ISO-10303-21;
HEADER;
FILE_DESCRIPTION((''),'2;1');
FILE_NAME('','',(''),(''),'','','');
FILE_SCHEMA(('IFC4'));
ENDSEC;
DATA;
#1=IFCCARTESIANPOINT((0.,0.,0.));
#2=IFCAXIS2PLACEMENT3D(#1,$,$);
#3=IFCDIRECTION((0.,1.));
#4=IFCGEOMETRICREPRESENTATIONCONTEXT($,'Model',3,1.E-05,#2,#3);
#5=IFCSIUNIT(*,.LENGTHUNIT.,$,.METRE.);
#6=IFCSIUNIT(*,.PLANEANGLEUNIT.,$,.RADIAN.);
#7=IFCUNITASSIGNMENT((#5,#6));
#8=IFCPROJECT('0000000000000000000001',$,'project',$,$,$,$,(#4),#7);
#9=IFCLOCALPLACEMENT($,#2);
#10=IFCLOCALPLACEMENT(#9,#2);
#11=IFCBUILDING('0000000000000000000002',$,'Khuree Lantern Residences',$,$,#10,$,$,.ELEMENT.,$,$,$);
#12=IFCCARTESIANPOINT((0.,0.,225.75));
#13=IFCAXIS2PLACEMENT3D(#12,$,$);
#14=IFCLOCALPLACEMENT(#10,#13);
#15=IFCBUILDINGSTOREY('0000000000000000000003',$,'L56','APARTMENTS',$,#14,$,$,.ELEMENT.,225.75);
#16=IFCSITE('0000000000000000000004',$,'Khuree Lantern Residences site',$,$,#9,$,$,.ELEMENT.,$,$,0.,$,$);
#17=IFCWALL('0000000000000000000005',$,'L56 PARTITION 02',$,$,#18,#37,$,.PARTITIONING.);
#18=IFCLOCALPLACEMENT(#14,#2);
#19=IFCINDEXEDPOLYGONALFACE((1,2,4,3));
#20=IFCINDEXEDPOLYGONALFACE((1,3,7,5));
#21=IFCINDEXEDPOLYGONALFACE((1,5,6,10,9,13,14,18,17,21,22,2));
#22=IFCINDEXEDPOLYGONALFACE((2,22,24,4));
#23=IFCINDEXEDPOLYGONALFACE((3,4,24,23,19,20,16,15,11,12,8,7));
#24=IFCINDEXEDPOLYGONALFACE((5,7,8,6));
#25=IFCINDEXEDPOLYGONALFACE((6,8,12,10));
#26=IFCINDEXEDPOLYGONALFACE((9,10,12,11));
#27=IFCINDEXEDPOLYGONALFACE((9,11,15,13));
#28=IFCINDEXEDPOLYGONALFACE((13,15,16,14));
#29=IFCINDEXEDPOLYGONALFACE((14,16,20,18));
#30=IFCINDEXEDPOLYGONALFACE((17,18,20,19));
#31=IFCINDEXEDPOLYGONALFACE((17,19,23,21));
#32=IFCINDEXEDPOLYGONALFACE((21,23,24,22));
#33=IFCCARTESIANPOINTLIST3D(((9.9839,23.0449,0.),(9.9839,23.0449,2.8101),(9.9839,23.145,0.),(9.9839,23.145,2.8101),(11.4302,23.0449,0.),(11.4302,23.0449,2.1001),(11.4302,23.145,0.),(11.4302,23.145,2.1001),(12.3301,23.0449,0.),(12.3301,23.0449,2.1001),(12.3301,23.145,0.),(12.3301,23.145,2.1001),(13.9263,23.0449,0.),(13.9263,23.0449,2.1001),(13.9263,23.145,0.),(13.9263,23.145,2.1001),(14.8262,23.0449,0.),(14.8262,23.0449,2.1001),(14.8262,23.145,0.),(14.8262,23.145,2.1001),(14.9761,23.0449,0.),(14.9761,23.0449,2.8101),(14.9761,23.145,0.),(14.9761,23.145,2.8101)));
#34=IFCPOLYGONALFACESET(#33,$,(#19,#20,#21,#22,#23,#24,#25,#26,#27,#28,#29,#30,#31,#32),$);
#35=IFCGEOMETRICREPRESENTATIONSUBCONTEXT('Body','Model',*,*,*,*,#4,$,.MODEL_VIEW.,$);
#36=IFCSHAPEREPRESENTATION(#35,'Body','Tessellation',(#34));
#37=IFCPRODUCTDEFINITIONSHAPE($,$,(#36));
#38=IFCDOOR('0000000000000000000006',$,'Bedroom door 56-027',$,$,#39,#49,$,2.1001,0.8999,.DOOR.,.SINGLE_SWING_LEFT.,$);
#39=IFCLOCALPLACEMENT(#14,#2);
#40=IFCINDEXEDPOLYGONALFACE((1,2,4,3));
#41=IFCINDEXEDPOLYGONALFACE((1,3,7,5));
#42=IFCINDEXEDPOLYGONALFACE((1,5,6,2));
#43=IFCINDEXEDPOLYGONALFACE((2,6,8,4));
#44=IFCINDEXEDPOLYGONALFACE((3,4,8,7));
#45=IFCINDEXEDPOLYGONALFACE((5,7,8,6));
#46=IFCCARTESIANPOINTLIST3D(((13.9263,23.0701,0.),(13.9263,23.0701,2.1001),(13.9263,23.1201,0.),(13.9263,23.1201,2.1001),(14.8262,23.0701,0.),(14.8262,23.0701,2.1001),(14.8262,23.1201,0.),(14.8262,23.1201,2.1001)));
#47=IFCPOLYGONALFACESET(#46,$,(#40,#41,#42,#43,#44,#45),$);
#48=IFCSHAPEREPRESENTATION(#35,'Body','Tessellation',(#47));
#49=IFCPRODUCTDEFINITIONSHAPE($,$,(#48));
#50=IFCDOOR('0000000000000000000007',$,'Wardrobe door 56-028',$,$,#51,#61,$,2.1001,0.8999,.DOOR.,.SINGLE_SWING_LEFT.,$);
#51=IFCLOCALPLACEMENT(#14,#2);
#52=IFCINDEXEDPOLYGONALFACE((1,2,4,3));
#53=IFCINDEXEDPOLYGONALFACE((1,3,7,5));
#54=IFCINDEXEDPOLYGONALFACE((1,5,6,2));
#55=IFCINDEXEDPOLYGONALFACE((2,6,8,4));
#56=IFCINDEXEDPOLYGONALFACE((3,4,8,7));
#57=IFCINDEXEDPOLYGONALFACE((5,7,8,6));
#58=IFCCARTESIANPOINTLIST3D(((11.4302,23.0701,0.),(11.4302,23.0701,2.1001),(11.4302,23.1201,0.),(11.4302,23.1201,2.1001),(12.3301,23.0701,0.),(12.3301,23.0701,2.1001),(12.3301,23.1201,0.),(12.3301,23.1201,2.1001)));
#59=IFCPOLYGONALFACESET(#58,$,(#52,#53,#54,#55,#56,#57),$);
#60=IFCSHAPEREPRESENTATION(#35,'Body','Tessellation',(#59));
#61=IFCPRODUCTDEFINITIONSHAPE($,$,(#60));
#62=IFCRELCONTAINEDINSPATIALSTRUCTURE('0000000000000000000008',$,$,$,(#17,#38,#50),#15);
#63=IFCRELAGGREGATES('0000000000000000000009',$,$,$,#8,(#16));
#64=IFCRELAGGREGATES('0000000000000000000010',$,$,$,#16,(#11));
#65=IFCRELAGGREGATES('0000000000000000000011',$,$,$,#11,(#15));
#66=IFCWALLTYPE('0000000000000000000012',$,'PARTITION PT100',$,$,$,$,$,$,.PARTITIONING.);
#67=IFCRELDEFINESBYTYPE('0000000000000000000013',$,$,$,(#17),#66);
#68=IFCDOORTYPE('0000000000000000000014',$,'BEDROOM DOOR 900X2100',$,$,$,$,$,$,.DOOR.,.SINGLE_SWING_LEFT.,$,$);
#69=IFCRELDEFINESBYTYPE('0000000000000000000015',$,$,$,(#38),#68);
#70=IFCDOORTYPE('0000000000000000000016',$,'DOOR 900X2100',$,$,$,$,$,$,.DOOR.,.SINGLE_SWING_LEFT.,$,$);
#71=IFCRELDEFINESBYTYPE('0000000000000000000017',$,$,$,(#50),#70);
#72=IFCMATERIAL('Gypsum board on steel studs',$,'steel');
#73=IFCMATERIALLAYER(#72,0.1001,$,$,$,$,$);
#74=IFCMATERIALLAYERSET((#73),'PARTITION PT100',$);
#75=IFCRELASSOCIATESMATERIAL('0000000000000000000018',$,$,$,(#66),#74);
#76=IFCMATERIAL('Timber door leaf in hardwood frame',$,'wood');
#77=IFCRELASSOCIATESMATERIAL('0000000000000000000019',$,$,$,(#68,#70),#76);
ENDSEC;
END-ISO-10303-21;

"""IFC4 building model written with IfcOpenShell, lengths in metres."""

from ifc_helpers import new_model, si_unit, direction, frame, frame_2d, origin, place, context, subcontext, project, spatial, rectangle, extrude, material, layer, layer_set, type_object, element, fill, save


model = new_model("IFC4")

# Units and contexts
model_context = context("Model", 3, precision=1e-05, world=origin(), true_north=direction((0.0, 1.0)))
body_context = subcontext(model_context, "Body", "Model", "MODEL_VIEW")
ifc_project = project(units=[si_unit("LENGTHUNIT", "METRE"), si_unit("PLANEANGLEUNIT", "RADIAN")], contexts=[model_context])

# Site, building, storey
site_placement = place(None, origin())
site = spatial("IfcSite", under=ifc_project, at=site_placement, Name="Khuree Lantern Residences site", CompositionType="ELEMENT", RefElevation=0.0)
building_placement = place(site_placement, origin())
building = spatial("IfcBuilding", under=site, at=building_placement, Name="Khuree Lantern Residences", CompositionType="ELEMENT")
storey_placement = place(building_placement, frame((0.0, 0.0, 225.75)))
storey = spatial("IfcBuildingStorey", under=building, at=storey_placement, Name="L56", Description="APARTMENTS", CompositionType="ELEMENT", Elevation=225.75)

# Wall, openings, doors
ifc_material_1 = material(Name="Gypsum board on steel studs", Category="steel")
ifc_layer_1 = layer(ifc_material_1, 0.1001)
ifc_layer_set_1 = layer_set([ifc_layer_1], Name="PARTITION PT100")
wall_type = type_object("IfcWallType", Name="PARTITION PT100", PredefinedType="PARTITIONING", material=ifc_layer_set_1)
wall_placement = place(storey_placement, frame((14.9761, 23.095, 0.0), z_axis=(0.0, 0.0, 1.0), x_axis=(-1.0, 0.0, 0.0)))
wall = element("IfcWall", 1, at=wall_placement, inside=storey, type_object=wall_type, Name="L56 PARTITION 02", PredefinedType="PARTITIONING", context=body_context, shape_type="SweptSolid", body=[
    extrude(rectangle(XDim=4.9922, YDim=0.1001, at=frame_2d((2.4961, 0.0))), origin(), (0.0, 0.0, 1.0), 2.8101),
])
opening_1_placement = place(wall_placement, frame((0.1499, 0.0, 0.0)))
opening_1 = element("IfcOpeningElement", 2, at=opening_1_placement, cuts=wall, PredefinedType="OPENING", context=body_context, shape_type="SweptSolid", body=[
    extrude(rectangle(XDim=0.8999, YDim=2.1001, at=frame_2d((0.45, 1.05))), frame((0.0, 0.0601, 0.0), z_axis=(0.0, -1.0, 0.0), x_axis=(1.0, 0.0, 0.0)), (0.0, 0.0, 1.0), 0.1201),
])
opening_2_placement = place(wall_placement, frame((2.646, 0.0, 0.0)))
opening_2 = element("IfcOpeningElement", 3, at=opening_2_placement, cuts=wall, PredefinedType="OPENING", context=body_context, shape_type="SweptSolid", body=[
    extrude(rectangle(XDim=0.8999, YDim=2.1001, at=frame_2d((0.45, 1.05))), frame((0.0, 0.0601, 0.0), z_axis=(0.0, -1.0, 0.0), x_axis=(1.0, 0.0, 0.0)), (0.0, 0.0, 1.0), 0.1201),
])
ifc_material_2 = material(Name="Timber door leaf in hardwood frame", Category="wood")
door_type_1 = type_object("IfcDoorType", Name="BEDROOM DOOR 900X2100", OperationType="SINGLE_SWING_LEFT", PredefinedType="DOOR", material=ifc_material_2)
door_1_placement = place(opening_1_placement, origin())
door_1 = element("IfcDoor", 4, at=door_1_placement, inside=storey, type_object=door_type_1, Name="Bedroom door 56-027", OperationType="SINGLE_SWING_LEFT", OverallHeight=2.1001, OverallWidth=0.8999, PredefinedType="DOOR", context=body_context, shape_type="SweptSolid", body=[
    extrude(rectangle(XDim=0.8999, YDim=2.1001, at=frame_2d((0.45, 1.05))), frame((0.0, 0.0249, 0.0), z_axis=(0.0, -1.0, 0.0), x_axis=(1.0, 0.0, 0.0)), (0.0, 0.0, 1.0), 0.05),
])
fill(opening_1, door_1)
door_type_2 = type_object("IfcDoorType", Name="DOOR 900X2100", OperationType="SINGLE_SWING_LEFT", PredefinedType="DOOR", material=ifc_material_2)
door_2_placement = place(opening_2_placement, origin())
door_2 = element("IfcDoor", 5, at=door_2_placement, inside=storey, type_object=door_type_2, Name="Wardrobe door 56-028", OperationType="SINGLE_SWING_LEFT", OverallHeight=2.1001, OverallWidth=0.8999, PredefinedType="DOOR", context=body_context, shape_type="SweptSolid", body=[
    extrude(rectangle(XDim=0.8999, YDim=2.1001, at=frame_2d((0.45, 1.05))), frame((0.0, 0.0249, 0.0), z_axis=(0.0, -1.0, 0.0), x_axis=(1.0, 0.0, 0.0)), (0.0, 0.0, 1.0), 0.05),
])
fill(opening_2, door_2)

save(model, "model.ifc")
